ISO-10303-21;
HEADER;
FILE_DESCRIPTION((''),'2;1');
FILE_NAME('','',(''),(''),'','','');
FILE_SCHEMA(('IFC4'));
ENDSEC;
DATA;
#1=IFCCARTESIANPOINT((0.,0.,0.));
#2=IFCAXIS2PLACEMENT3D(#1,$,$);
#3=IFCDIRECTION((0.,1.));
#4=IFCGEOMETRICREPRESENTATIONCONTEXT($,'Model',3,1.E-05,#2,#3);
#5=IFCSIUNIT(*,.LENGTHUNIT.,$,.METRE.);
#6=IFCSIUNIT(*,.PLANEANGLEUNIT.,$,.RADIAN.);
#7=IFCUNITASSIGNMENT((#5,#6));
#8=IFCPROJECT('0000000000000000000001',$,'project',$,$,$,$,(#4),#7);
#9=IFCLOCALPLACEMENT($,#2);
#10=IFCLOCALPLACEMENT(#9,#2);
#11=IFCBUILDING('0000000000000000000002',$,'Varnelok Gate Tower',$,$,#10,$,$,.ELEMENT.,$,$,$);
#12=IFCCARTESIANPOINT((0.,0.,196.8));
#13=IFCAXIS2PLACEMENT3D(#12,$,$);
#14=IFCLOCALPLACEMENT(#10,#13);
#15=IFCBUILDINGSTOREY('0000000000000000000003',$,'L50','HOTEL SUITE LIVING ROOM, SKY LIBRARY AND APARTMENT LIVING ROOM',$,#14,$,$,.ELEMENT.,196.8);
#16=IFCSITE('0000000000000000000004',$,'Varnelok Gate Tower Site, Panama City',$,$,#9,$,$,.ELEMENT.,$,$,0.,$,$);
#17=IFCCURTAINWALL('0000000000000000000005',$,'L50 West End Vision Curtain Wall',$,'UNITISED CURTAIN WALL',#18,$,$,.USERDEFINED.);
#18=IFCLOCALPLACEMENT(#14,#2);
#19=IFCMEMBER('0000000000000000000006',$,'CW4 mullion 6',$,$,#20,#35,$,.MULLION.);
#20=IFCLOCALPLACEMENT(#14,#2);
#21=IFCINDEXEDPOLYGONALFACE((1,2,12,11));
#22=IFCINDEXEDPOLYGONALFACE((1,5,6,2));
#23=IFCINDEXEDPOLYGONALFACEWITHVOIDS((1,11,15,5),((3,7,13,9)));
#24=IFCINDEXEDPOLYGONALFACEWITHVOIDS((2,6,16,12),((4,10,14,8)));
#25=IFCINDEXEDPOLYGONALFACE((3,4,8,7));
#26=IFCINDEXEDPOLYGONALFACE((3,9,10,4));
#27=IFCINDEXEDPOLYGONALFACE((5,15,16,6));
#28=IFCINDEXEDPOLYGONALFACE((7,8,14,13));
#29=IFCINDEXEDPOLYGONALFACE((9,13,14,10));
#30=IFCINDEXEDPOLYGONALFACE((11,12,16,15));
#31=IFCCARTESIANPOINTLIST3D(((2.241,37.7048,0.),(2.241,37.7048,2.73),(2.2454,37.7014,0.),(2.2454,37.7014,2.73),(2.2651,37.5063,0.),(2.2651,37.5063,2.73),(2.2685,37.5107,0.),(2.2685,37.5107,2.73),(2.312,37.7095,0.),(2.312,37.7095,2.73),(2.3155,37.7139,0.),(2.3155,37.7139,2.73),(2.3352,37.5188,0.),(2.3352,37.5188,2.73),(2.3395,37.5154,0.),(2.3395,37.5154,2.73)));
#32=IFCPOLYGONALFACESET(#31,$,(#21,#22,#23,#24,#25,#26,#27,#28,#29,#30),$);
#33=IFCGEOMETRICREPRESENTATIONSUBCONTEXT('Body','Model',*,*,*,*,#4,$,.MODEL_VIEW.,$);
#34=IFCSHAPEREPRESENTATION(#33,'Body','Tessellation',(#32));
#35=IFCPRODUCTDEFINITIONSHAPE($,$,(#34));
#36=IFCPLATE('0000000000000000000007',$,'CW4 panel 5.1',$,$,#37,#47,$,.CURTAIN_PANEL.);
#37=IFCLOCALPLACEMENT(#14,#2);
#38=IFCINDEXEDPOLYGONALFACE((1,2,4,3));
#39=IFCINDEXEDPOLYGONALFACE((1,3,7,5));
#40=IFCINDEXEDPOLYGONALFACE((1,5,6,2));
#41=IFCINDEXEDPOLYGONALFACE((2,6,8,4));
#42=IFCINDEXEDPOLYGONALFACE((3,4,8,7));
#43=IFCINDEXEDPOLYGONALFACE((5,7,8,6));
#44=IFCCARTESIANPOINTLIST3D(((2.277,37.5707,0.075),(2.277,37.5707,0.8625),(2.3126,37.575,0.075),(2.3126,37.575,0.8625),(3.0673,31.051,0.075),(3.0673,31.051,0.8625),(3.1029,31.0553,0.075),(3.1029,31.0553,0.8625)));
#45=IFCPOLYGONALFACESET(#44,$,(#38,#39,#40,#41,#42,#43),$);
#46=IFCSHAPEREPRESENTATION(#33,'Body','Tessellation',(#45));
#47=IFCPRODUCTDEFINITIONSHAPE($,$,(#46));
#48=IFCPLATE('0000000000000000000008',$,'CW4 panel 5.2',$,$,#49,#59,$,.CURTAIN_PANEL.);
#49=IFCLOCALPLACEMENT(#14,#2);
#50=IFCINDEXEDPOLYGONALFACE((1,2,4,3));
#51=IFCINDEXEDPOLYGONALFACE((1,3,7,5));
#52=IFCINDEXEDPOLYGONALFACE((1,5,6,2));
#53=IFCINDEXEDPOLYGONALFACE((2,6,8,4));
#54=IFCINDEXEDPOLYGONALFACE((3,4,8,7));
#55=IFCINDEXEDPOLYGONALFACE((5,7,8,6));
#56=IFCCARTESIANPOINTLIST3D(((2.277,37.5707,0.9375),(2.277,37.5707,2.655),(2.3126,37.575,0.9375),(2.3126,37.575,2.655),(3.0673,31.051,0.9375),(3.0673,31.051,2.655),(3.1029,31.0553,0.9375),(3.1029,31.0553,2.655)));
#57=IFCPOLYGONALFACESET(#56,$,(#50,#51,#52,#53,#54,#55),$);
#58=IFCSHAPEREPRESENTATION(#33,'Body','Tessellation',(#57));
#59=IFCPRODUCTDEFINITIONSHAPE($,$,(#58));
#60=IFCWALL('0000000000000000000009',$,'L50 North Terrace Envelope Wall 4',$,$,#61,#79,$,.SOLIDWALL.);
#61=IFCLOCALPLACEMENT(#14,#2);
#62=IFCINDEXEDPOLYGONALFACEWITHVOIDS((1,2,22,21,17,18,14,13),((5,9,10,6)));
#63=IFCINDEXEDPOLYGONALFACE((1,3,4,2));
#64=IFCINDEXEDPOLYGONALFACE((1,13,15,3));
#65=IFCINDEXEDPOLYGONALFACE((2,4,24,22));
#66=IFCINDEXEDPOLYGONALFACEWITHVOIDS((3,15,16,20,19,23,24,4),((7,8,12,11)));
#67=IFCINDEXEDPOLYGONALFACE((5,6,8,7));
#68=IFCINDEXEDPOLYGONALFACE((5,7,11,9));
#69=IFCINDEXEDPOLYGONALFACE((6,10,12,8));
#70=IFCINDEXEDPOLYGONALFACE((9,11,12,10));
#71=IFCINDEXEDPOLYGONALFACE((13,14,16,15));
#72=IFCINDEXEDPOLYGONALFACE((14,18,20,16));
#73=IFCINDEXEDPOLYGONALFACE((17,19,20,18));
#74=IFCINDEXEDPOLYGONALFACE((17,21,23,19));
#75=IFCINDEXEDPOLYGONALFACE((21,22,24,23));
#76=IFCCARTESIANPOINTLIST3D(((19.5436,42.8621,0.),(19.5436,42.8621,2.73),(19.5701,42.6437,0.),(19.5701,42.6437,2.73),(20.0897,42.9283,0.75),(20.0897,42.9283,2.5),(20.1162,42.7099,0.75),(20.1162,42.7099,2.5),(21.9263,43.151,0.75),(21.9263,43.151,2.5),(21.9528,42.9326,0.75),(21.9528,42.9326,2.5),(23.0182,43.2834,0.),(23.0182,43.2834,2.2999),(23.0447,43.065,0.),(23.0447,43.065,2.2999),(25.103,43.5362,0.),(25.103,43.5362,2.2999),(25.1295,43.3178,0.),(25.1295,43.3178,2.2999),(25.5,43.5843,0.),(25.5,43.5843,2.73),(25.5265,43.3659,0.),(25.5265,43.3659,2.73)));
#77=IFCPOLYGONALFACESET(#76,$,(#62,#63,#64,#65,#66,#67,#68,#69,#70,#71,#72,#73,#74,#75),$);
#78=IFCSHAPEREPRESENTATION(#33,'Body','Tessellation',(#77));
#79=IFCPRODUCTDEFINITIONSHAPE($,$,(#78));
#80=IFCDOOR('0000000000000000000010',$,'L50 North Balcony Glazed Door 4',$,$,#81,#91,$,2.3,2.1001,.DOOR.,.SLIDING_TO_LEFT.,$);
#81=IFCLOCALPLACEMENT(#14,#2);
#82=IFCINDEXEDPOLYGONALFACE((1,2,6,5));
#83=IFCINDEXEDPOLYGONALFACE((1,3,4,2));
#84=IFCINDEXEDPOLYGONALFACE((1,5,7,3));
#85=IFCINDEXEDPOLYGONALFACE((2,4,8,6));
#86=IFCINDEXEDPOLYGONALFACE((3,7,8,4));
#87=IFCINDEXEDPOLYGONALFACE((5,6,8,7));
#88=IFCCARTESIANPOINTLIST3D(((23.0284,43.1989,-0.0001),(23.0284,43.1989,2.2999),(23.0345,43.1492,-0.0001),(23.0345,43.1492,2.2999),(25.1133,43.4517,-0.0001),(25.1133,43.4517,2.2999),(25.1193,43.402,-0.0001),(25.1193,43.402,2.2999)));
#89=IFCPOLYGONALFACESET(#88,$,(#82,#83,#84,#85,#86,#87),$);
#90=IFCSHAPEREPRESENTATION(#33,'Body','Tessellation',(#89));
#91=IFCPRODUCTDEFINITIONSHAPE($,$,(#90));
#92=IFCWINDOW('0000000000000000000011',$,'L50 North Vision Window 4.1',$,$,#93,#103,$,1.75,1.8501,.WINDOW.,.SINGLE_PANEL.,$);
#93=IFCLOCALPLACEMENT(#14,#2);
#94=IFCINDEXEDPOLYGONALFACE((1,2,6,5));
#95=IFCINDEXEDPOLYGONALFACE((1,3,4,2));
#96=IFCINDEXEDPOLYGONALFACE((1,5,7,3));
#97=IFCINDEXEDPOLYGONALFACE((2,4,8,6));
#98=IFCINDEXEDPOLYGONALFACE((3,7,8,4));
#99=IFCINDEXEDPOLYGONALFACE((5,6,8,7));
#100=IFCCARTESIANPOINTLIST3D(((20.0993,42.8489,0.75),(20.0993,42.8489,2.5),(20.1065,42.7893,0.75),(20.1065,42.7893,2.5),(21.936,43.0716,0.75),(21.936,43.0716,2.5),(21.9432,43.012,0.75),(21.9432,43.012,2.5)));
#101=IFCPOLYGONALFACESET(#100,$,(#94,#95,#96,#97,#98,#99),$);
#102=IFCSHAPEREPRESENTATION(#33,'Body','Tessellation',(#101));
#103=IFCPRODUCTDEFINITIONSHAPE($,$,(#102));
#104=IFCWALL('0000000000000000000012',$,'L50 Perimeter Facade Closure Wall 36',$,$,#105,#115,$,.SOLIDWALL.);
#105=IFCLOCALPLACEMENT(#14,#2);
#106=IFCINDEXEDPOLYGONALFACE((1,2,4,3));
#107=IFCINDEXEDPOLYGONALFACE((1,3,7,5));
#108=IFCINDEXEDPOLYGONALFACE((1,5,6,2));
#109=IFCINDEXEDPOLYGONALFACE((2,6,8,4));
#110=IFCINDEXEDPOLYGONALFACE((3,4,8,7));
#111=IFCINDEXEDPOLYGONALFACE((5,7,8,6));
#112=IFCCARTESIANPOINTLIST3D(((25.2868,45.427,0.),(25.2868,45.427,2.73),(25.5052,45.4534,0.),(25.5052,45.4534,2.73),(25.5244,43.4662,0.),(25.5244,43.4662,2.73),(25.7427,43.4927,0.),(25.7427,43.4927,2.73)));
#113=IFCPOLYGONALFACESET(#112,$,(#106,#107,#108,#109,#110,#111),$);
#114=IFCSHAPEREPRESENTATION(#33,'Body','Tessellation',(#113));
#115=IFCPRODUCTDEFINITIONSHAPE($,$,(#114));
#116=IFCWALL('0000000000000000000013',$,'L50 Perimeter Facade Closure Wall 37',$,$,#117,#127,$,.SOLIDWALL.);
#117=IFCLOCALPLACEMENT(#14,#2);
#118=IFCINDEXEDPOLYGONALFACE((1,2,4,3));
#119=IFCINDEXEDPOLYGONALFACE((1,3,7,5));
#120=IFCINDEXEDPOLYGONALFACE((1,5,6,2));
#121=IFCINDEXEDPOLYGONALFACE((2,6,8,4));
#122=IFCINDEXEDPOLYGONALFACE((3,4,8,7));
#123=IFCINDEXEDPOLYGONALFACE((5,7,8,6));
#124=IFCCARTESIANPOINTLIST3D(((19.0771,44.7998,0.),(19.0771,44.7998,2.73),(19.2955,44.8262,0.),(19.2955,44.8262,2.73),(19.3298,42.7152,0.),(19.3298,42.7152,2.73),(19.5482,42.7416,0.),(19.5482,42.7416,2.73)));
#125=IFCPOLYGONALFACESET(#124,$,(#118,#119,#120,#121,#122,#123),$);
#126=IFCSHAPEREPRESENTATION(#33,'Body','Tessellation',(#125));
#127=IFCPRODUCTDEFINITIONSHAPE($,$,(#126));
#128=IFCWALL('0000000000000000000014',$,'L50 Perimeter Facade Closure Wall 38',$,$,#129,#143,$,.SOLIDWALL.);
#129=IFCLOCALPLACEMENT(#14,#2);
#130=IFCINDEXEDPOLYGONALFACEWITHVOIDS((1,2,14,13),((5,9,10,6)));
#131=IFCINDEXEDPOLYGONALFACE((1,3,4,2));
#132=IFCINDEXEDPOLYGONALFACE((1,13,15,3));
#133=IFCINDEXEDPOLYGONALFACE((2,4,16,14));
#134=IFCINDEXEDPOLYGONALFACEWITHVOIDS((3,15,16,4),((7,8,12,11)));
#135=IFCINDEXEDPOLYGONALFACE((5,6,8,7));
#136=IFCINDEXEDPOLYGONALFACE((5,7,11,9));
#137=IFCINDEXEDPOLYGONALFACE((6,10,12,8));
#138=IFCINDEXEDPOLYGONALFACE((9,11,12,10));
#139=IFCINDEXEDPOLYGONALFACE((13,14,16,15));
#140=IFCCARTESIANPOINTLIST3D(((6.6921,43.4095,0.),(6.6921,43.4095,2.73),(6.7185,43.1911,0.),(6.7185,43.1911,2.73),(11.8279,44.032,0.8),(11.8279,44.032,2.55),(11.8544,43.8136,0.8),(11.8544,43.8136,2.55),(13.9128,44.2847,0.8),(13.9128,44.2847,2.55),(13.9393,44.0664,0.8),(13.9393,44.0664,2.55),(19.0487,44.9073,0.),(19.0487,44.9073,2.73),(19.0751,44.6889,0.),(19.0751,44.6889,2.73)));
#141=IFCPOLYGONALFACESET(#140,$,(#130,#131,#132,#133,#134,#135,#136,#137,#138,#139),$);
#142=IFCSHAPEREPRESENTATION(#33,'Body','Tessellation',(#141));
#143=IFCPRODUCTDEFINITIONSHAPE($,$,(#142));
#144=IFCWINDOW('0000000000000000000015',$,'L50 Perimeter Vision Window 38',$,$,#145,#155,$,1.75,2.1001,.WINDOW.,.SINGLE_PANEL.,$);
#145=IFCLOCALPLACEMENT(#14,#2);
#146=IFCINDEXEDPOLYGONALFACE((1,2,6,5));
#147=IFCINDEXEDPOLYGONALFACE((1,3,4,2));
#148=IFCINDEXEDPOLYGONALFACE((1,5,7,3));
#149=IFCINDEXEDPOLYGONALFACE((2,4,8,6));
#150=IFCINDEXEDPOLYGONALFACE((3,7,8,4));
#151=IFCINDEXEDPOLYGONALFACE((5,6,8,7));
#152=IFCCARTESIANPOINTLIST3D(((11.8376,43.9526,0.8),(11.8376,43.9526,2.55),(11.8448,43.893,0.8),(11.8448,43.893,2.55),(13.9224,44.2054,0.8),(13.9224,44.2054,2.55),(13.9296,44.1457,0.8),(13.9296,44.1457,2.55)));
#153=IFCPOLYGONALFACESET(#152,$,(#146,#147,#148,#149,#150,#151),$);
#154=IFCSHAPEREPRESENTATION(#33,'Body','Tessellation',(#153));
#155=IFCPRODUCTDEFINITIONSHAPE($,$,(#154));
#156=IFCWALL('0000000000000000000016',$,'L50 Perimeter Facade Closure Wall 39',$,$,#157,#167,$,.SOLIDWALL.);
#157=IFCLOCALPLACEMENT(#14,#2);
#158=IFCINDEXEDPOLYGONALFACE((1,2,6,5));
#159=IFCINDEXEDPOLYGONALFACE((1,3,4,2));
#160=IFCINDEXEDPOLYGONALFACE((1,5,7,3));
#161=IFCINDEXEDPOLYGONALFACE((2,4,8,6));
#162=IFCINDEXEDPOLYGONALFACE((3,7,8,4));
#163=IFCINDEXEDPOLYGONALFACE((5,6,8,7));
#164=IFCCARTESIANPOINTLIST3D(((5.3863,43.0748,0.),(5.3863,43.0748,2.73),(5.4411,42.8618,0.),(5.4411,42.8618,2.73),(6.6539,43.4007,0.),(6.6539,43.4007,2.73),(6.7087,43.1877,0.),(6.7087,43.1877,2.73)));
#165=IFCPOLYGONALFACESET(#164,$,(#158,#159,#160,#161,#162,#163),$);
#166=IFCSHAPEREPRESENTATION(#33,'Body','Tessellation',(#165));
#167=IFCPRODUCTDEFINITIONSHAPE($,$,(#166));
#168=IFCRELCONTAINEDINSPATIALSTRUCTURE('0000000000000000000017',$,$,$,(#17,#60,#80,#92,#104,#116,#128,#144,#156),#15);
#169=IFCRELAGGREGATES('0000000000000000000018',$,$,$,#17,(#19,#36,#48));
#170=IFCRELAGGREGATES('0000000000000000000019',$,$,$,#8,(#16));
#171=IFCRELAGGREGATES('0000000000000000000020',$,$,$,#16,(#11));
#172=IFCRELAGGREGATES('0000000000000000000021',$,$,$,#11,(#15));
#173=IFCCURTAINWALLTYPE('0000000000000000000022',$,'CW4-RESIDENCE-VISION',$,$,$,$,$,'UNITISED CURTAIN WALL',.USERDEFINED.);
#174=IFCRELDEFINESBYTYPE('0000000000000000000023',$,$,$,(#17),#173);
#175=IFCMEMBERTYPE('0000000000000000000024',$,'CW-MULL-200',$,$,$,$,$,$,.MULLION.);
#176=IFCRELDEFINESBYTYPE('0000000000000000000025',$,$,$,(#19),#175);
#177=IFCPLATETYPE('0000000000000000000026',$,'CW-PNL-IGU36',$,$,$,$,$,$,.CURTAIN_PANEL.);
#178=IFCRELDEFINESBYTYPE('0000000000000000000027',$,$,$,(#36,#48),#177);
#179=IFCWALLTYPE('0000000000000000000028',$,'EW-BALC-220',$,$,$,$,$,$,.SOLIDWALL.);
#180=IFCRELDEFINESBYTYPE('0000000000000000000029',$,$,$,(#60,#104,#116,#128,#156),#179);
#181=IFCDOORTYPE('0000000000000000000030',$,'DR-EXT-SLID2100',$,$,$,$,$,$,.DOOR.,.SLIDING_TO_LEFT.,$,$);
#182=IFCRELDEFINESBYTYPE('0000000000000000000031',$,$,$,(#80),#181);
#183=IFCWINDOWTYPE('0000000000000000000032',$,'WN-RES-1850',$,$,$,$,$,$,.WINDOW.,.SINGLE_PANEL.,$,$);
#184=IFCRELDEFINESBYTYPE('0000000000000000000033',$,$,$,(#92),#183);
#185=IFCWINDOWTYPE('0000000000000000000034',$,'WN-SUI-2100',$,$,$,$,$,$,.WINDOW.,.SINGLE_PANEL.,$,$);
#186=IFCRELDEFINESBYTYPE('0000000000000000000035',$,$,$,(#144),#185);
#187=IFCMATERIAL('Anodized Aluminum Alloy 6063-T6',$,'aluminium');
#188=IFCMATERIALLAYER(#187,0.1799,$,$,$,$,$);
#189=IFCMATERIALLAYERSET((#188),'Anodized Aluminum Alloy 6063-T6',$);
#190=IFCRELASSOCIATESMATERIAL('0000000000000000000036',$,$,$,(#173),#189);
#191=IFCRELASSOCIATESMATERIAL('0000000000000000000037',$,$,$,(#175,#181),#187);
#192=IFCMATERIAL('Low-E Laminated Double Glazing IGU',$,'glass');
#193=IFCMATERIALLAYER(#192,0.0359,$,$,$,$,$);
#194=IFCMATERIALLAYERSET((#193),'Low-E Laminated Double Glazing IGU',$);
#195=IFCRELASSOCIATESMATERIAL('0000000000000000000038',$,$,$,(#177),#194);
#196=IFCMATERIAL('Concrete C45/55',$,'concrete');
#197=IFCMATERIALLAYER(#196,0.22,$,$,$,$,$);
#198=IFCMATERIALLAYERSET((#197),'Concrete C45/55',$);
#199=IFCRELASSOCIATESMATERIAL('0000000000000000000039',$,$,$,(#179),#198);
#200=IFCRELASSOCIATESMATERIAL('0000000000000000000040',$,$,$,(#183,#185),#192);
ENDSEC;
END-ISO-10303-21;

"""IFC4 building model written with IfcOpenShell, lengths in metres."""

from ifc_helpers import new_model, si_unit, direction, frame, frame_2d, origin, origin_2d, place, context, subcontext, project, spatial, rectangle, hollow_rectangle, extrude, source, transform, mapped, material, layer, layer_set, material_profile, profile_set, type_object, element, fill, aggregate, save


model = new_model("IFC4")

# Units and contexts
model_context = context("Model", 3, precision=1e-05, world=origin(), true_north=direction((0.0, 1.0)))
body_context = subcontext(model_context, "Body", "Model", "MODEL_VIEW")
ifc_project = project(units=[si_unit("LENGTHUNIT", "METRE"), si_unit("PLANEANGLEUNIT", "RADIAN")], contexts=[model_context])

# Site, building, storey
site_placement = place(None, origin())
site = spatial("IfcSite", under=ifc_project, at=site_placement, Name="Varnelok Gate Tower Site, Panama City", CompositionType="ELEMENT", RefElevation=0.0)
building_placement = place(site_placement, origin())
building = spatial("IfcBuilding", under=site, at=building_placement, Name="Varnelok Gate Tower", CompositionType="ELEMENT")
storey_placement = place(building_placement, frame((0.0, 0.0, 196.8)))
storey = spatial("IfcBuildingStorey", under=building, at=storey_placement, Name="L50", Description="HOTEL SUITE LIVING ROOM, SKY LIBRARY AND APARTMENT LIVING ROOM", CompositionType="ELEMENT", Elevation=196.8)

# Curtain wall, member, plates
ifc_material_1 = material(Name="Anodized Aluminum Alloy 6063-T6", Category="aluminium")
ifc_layer_1 = layer(ifc_material_1, 0.1799)
ifc_layer_set_1 = layer_set([ifc_layer_1], Name="Anodized Aluminum Alloy 6063-T6")
curtain_wall_type = type_object("IfcCurtainWallType", Name="CW4-RESIDENCE-VISION", ElementType="UNITISED CURTAIN WALL", PredefinedType="USERDEFINED", material=ifc_layer_set_1)
curtain_wall_placement = place(storey_placement, origin())
curtain_wall = element("IfcCurtainWall", 1, at=curtain_wall_placement, inside=storey, type_object=curtain_wall_type, Name="L50 West End Vision Curtain Wall", ObjectType="UNITISED CURTAIN WALL", PredefinedType="USERDEFINED")
ifc_material_profile_1 = material_profile(ifc_material_1, hollow_rectangle(XDim=0.075, YDim=0.2, WallThickness=0.0039, at=origin_2d()), Name="ALU200X75X4")
ifc_profile_set_1 = profile_set([ifc_material_profile_1], Name="Anodized Aluminum Alloy 6063-T6")
member_type = type_object("IfcMemberType", Name="CW-MULL-200", PredefinedType="MULLION", material=ifc_profile_set_1)
member_placement = place(storey_placement, frame((2.2903, 37.6101, 0.0), z_axis=(0.0, 0.0, 1.0), x_axis=(-0.992732, -0.120345, 0.0)))
member = element("IfcMember", 2, at=member_placement, type_object=member_type, Name="CW4 mullion 6", PredefinedType="MULLION", context=body_context, shape_type="SweptSolid", body=[
    extrude(hollow_rectangle(XDim=0.075, YDim=0.2, WallThickness=0.0039, at=origin_2d()), origin(), (0.0, 0.0, 1.0), 2.73),
])
ifc_material_2 = material(Name="Low-E Laminated Double Glazing IGU", Category="glass")
ifc_layer_2 = layer(ifc_material_2, 0.0359)
ifc_layer_set_2 = layer_set([ifc_layer_2], Name="Low-E Laminated Double Glazing IGU")
plate_type = type_object("IfcPlateType", Name="CW-PNL-IGU36", PredefinedType="CURTAIN_PANEL", material=ifc_layer_set_2)
shared_shape_1 = source(origin(), body_context, "Body", "SweptSolid", [
    extrude(rectangle(XDim=6.5674, YDim=0.0359, at=origin_2d()), origin(), (0.0, 0.0, 1.0), 0.7876),
])
plate_1_placement = place(storey_placement, frame((2.6899, 34.313, 0.075), z_axis=(0.0, 0.0, 1.0), x_axis=(-0.120345, 0.992732, 0.0)))
plate_1 = element("IfcPlate", 3, at=plate_1_placement, type_object=plate_type, Name="CW4 panel 5.1", PredefinedType="CURTAIN_PANEL", context=body_context, shape_type="MappedRepresentation", body=[
    mapped(shared_shape_1, transform((0.0, 0.0, 0.0), scale=1.0)),
])
shared_shape_2 = source(origin(), body_context, "Body", "SweptSolid", [
    extrude(rectangle(XDim=6.5674, YDim=0.0359, at=origin_2d()), origin(), (0.0, 0.0, 1.0), 1.7175),
])
plate_2_placement = place(storey_placement, frame((2.6899, 34.313, 0.9375), z_axis=(0.0, 0.0, 1.0), x_axis=(-0.120345, 0.992732, 0.0)))
plate_2 = element("IfcPlate", 4, at=plate_2_placement, type_object=plate_type, Name="CW4 panel 5.2", PredefinedType="CURTAIN_PANEL", context=body_context, shape_type="MappedRepresentation", body=[
    mapped(shared_shape_2, transform((0.0, 0.0, 0.0), scale=1.0)),
])
aggregate(curtain_wall, [member, plate_1, plate_2])

# Wall, openings, door, window
ifc_material_3 = material(Name="Concrete C45/55", Category="concrete")
ifc_layer_3 = layer(ifc_material_3, 0.22)
ifc_layer_set_3 = layer_set([ifc_layer_3], Name="Concrete C45/55")
wall_type_1 = type_object("IfcWallType", Name="EW-BALC-220", PredefinedType="SOLIDWALL", material=ifc_layer_set_3)
wall_1_placement = place(storey_placement, frame((19.5569, 42.7529, 0.0), z_axis=(0.0, 0.0, 1.0), x_axis=(0.99273, 0.120363, 0.0)))
wall_1 = element("IfcWall", 5, at=wall_1_placement, inside=storey, type_object=wall_type_1, Name="L50 North Terrace Envelope Wall 4", PredefinedType="SOLIDWALL", context=body_context, shape_type="SweptSolid", body=[
    extrude(rectangle(XDim=6.0, YDim=0.22, at=frame_2d((3.0, 0.0))), origin(), (0.0, 0.0, 1.0), 2.73),
])
opening_1_placement = place(wall_1_placement, frame((3.5, 0.0, 0.0)))
opening_1 = element("IfcOpeningElement", 6, at=opening_1_placement, cuts=wall_1, PredefinedType="OPENING", context=body_context, shape_type="SweptSolid", body=[
    extrude(rectangle(XDim=2.1001, YDim=2.3, at=frame_2d((1.05, 1.1499))), frame((0.0, 0.1199, 0.0), z_axis=(0.0, -1.0, 0.0), x_axis=(1.0, 0.0, 0.0)), (0.0, 0.0, 1.0), 0.24),
])
opening_2_placement = place(wall_1_placement, frame((0.55, 0.0, 0.75)))
opening_2 = element("IfcOpeningElement", 7, at=opening_2_placement, cuts=wall_1, PredefinedType="OPENING", context=body_context, shape_type="SweptSolid", body=[
    extrude(rectangle(XDim=1.8501, YDim=1.75, at=frame_2d((0.925, 0.875))), frame((0.0, 0.1199, 0.0), z_axis=(0.0, -1.0, 0.0), x_axis=(1.0, 0.0, 0.0)), (0.0, 0.0, 1.0), 0.24),
])
door_type_1 = type_object("IfcDoorType", Name="DR-EXT-SLID2100", OperationType="SLIDING_TO_LEFT", PredefinedType="DOOR", material=ifc_material_1)
door_1_placement = place(opening_1_placement, origin())
door_1 = element("IfcDoor", 8, at=door_1_placement, inside=storey, type_object=door_type_1, Name="L50 North Balcony Glazed Door 4", OperationType="SLIDING_TO_LEFT", OverallHeight=2.3, OverallWidth=2.1001, PredefinedType="DOOR", context=body_context, shape_type="SweptSolid", body=[
    extrude(rectangle(XDim=2.1001, YDim=2.3, at=frame_2d((1.05, 1.1499))), frame((0.0, 0.0249, 0.0), z_axis=(0.0, -1.0, 0.0), x_axis=(1.0, 0.0, 0.0)), (0.0, 0.0, 1.0), 0.05),
])
fill(opening_1, door_1)
window_type_1 = type_object("IfcWindowType", Name="WN-RES-1850", PartitioningType="SINGLE_PANEL", PredefinedType="WINDOW", material=ifc_material_2)
window_1_placement = place(opening_2_placement, origin())
window_1 = element("IfcWindow", 9, at=window_1_placement, inside=storey, type_object=window_type_1, Name="L50 North Vision Window 4.1", OverallHeight=1.75, OverallWidth=1.8501, PartitioningType="SINGLE_PANEL", PredefinedType="WINDOW", context=body_context, shape_type="SweptSolid", body=[
    extrude(rectangle(XDim=1.8501, YDim=1.75, at=frame_2d((0.925, 0.875))), frame((0.0, 0.03, 0.0), z_axis=(0.0, -1.0, 0.0), x_axis=(1.0, 0.0, 0.0)), (0.0, 0.0, 1.0), 0.0601),
])
fill(opening_2, window_1)

# Walls
wall_2_placement = place(storey_placement, frame((25.396, 45.4402, 0.0), z_axis=(0.0, 0.0, 1.0), x_axis=(0.120276, -0.99274, 0.0)))
element("IfcWall", 10, at=wall_2_placement, inside=storey, type_object=wall_type_1, Name="L50 Perimeter Facade Closure Wall 36", PredefinedType="SOLIDWALL", context=body_context, shape_type="SweptSolid", body=[
    extrude(rectangle(XDim=1.9751, YDim=0.22, at=frame_2d((0.9875, 0.0))), origin(), (0.0, 0.0, 1.0), 2.73),
])
wall_3_placement = place(storey_placement, frame((19.439, 42.7285, 0.0), z_axis=(0.0, 0.0, 1.0), x_axis=(-0.120328, 0.992734, 0.0)))
element("IfcWall", 11, at=wall_3_placement, inside=storey, type_object=wall_type_1, Name="L50 Perimeter Facade Closure Wall 37", PredefinedType="SOLIDWALL", context=body_context, shape_type="SweptSolid", body=[
    extrude(rectangle(XDim=2.0999, YDim=0.22, at=frame_2d((1.0498, 0.0))), origin(), (0.0, 0.0, 1.0), 2.73),
])

# Wall, opening, window
wall_4_placement = place(storey_placement, frame((19.062, 44.7981, 0.0), z_axis=(0.0, 0.0, 1.0), x_axis=(-0.992734, -0.120333, 0.0)))
wall_4 = element("IfcWall", 12, at=wall_4_placement, inside=storey, type_object=wall_type_1, Name="L50 Perimeter Facade Closure Wall 38", PredefinedType="SOLIDWALL", context=body_context, shape_type="SweptSolid", body=[
    extrude(rectangle(XDim=12.447, YDim=0.22, at=frame_2d((6.2236, 0.0))), origin(), (0.0, 0.0, 1.0), 2.73),
])
opening_3_placement = place(wall_4_placement, frame((5.1736, 0.0, 0.8)))
opening_3 = element("IfcOpeningElement", 13, at=opening_3_placement, cuts=wall_4, PredefinedType="OPENING", context=body_context, shape_type="SweptSolid", body=[
    extrude(rectangle(XDim=2.1001, YDim=1.75, at=frame_2d((1.05, 0.875))), frame((0.0, 0.1199, 0.0), z_axis=(0.0, -1.0, 0.0), x_axis=(1.0, 0.0, 0.0)), (0.0, 0.0, 1.0), 0.24),
])
window_type_2 = type_object("IfcWindowType", Name="WN-SUI-2100", PartitioningType="SINGLE_PANEL", PredefinedType="WINDOW", material=ifc_material_2)
window_2_placement = place(opening_3_placement, origin())
window_2 = element("IfcWindow", 14, at=window_2_placement, inside=storey, type_object=window_type_2, Name="L50 Perimeter Vision Window 38", OverallHeight=1.75, OverallWidth=2.1001, PartitioningType="SINGLE_PANEL", PredefinedType="WINDOW", context=body_context, shape_type="SweptSolid", body=[
    extrude(rectangle(XDim=2.1001, YDim=1.75, at=frame_2d((1.05, 0.875))), frame((0.0, 0.03, 0.0), z_axis=(0.0, -1.0, 0.0), x_axis=(1.0, 0.0, 0.0)), (0.0, 0.0, 1.0), 0.0601),
])
fill(opening_3, window_2)

# Wall
wall_5_placement = place(storey_placement, frame((6.6812, 43.2942, 0.0), z_axis=(0.0, 0.0, 1.0), x_axis=(-0.968497, -0.249026, 0.0)))
element("IfcWall", 15, at=wall_5_placement, inside=storey, type_object=wall_type_1, Name="L50 Perimeter Facade Closure Wall 39", PredefinedType="SOLIDWALL", context=body_context, shape_type="SweptSolid", body=[
    extrude(rectangle(XDim=1.3088, YDim=0.22, at=frame_2d((0.6543, 0.0))), origin(), (0.0, 0.0, 1.0), 2.73),
])

save(model, "model.ifc")
